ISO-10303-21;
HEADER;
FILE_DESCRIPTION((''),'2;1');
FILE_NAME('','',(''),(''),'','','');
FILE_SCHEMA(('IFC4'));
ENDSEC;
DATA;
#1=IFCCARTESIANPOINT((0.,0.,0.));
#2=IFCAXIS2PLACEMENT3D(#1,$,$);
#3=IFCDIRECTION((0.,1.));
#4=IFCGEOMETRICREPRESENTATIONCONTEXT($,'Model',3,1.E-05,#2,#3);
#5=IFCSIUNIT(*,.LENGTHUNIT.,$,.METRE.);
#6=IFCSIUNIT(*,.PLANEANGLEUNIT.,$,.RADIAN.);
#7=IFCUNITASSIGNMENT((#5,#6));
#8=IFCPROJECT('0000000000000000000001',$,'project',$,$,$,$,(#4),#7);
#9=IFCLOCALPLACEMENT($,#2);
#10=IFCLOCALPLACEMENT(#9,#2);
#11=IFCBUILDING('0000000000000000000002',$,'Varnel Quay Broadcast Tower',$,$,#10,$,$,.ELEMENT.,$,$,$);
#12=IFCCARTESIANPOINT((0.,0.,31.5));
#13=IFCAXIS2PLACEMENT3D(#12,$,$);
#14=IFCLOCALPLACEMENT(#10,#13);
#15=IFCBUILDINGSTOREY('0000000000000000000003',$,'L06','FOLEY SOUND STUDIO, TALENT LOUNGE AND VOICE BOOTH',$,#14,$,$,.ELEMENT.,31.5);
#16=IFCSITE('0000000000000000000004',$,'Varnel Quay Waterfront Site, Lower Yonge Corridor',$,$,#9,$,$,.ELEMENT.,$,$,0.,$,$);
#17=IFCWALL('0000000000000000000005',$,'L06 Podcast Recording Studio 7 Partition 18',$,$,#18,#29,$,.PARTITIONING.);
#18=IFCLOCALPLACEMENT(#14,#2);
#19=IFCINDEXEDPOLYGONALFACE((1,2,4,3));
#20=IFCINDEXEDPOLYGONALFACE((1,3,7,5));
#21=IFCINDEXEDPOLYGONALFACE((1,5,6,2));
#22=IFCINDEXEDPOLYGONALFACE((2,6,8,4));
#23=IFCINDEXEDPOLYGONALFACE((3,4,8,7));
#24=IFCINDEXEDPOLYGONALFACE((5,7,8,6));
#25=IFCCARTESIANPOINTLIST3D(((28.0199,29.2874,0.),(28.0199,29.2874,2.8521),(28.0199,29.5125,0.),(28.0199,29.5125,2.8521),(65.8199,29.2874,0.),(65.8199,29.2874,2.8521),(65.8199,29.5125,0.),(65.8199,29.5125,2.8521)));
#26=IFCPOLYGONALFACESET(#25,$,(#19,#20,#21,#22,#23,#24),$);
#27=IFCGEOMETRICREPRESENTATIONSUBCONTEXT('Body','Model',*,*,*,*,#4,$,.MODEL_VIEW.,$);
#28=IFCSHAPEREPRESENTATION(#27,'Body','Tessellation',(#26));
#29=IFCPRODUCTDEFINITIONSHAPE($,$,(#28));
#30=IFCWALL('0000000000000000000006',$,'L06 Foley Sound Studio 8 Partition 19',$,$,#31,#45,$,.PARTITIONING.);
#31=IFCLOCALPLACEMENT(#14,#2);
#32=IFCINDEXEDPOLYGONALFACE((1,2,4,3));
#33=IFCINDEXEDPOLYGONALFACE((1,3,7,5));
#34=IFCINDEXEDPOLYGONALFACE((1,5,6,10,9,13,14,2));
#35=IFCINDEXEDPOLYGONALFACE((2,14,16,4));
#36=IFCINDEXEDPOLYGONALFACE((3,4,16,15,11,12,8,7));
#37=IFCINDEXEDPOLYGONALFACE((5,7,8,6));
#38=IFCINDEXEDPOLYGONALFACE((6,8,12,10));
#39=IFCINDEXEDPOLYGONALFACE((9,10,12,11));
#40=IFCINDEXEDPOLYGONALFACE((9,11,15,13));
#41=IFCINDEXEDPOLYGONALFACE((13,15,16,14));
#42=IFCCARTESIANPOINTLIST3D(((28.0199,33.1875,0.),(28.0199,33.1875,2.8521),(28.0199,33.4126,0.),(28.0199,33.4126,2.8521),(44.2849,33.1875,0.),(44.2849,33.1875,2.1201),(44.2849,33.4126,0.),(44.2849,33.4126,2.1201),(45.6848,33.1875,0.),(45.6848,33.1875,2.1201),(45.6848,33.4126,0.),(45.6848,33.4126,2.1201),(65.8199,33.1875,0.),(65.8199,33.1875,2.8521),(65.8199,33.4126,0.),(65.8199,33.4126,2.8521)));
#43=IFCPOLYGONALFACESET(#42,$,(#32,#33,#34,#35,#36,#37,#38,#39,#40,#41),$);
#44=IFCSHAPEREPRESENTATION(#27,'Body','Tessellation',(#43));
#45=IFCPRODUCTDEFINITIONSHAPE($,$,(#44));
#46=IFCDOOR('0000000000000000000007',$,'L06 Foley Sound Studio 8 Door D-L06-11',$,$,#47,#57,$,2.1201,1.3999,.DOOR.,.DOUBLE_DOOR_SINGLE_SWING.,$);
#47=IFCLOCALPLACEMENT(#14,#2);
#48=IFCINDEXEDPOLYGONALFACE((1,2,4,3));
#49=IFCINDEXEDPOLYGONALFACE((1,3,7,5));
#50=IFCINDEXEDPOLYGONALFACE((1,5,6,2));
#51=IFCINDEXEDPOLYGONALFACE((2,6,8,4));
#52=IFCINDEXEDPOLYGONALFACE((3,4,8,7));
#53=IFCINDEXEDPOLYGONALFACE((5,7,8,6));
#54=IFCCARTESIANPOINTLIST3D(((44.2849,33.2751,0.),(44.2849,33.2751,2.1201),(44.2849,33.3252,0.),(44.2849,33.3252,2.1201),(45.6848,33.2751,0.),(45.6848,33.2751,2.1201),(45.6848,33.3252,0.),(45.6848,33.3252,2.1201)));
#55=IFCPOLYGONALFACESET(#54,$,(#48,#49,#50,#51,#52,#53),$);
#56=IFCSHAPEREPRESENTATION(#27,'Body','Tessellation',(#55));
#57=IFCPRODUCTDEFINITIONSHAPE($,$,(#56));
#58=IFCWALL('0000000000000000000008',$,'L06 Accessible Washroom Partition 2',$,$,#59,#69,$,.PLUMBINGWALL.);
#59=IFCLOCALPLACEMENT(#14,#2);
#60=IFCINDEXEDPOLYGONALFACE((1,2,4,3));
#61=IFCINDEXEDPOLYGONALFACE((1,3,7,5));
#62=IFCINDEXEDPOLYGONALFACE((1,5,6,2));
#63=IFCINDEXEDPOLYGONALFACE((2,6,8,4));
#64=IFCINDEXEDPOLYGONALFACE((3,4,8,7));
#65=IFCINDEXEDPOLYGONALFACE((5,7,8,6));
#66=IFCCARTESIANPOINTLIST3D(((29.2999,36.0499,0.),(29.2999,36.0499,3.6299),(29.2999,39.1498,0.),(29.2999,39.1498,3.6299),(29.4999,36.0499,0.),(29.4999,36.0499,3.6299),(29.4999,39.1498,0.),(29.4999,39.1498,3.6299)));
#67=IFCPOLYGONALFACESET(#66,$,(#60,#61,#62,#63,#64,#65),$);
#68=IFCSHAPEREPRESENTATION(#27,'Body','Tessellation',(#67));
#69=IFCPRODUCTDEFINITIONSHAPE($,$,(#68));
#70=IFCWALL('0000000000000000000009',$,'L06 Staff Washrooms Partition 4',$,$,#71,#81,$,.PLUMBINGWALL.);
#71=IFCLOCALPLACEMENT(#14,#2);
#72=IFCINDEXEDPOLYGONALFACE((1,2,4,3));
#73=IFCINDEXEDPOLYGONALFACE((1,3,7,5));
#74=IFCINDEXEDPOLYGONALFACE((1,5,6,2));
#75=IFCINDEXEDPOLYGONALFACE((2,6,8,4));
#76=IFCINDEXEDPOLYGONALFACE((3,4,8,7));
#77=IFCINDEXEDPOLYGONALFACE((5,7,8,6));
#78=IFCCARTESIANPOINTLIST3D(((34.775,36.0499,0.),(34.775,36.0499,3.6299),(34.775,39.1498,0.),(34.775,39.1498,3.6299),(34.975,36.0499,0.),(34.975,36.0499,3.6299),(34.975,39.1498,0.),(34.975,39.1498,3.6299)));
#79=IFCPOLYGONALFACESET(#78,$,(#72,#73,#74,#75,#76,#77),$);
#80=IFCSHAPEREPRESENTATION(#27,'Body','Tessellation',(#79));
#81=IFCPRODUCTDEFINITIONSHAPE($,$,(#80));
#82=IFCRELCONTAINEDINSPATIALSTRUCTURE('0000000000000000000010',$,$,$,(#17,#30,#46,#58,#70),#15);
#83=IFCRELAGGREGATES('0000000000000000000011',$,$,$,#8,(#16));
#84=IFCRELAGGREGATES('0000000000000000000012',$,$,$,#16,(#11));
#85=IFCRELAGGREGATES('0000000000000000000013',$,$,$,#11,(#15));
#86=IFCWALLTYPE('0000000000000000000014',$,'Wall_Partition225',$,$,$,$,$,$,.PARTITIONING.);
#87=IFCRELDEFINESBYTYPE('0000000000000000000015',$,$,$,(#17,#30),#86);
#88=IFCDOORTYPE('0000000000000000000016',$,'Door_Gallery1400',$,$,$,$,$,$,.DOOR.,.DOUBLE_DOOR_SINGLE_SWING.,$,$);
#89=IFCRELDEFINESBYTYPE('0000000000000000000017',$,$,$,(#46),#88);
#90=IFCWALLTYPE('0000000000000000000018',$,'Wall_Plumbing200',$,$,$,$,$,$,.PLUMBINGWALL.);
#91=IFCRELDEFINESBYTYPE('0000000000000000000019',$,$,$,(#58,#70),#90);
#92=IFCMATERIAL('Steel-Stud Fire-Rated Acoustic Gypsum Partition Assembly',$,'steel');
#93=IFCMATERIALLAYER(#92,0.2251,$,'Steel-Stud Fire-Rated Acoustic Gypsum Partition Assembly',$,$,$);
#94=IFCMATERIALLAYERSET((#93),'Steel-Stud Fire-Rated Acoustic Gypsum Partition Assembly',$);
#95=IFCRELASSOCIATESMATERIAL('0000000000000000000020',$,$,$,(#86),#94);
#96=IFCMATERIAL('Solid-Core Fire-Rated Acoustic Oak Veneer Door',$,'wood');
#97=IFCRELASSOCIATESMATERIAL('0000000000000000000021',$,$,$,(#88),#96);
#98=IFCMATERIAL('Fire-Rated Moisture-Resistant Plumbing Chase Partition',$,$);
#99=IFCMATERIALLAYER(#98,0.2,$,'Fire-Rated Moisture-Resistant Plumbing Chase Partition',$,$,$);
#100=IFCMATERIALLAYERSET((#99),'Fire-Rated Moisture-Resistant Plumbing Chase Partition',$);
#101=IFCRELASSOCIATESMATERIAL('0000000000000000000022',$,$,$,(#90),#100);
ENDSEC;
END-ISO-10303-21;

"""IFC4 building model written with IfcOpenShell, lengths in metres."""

from ifc_helpers import new_model, si_unit, direction, frame, frame_2d, origin, place, context, subcontext, project, spatial, rectangle, extrude, source, transform, mapped, material, layer, layer_set, type_object, type_shapes, element, fill, save


model = new_model("IFC4")

# Units and contexts
model_context = context("Model", 3, precision=1e-05, world=origin(), true_north=direction((0.0, 1.0)))
body_context = subcontext(model_context, "Body", "Model", "MODEL_VIEW")
ifc_project = project(units=[si_unit("LENGTHUNIT", "METRE"), si_unit("PLANEANGLEUNIT", "RADIAN")], contexts=[model_context])

# Site, building, storey
site_placement = place(None, origin())
site = spatial("IfcSite", under=ifc_project, at=site_placement, Name="Varnel Quay Waterfront Site, Lower Yonge Corridor", CompositionType="ELEMENT", RefElevation=0.0)
building_placement = place(site_placement, origin())
building = spatial("IfcBuilding", under=site, at=building_placement, Name="Varnel Quay Broadcast Tower", CompositionType="ELEMENT")
storey_placement = place(building_placement, frame((0.0, 0.0, 31.5)))
storey = spatial("IfcBuildingStorey", under=building, at=storey_placement, Name="L06", Description="FOLEY SOUND STUDIO, TALENT LOUNGE AND VOICE BOOTH", CompositionType="ELEMENT", Elevation=31.5)

# Wall
ifc_material_1 = material(Name="Steel-Stud Fire-Rated Acoustic Gypsum Partition Assembly", Category="steel")
ifc_layer_1 = layer(ifc_material_1, 0.2251, Name="Steel-Stud Fire-Rated Acoustic Gypsum Partition Assembly")
ifc_layer_set_1 = layer_set([ifc_layer_1], Name="Steel-Stud Fire-Rated Acoustic Gypsum Partition Assembly")
wall_type_1 = type_object("IfcWallType", Name="Wall_Partition225", PredefinedType="PARTITIONING", material=ifc_layer_set_1)
wall_1_placement = place(storey_placement, frame((28.02, 29.3999, 0.0), z_axis=(0.0, 0.0, 1.0), x_axis=(1.0, 0.0, 0.0)))
element("IfcWall", 1, at=wall_1_placement, inside=storey, type_object=wall_type_1, Name="L06 Podcast Recording Studio 7 Partition 18", PredefinedType="PARTITIONING", context=body_context, shape_type="SweptSolid", body=[
    extrude(rectangle(XDim=37.8, YDim=0.2251, at=frame_2d((18.8999, 0.0))), origin(), (0.0, 0.0, 1.0), 2.8521),
])

# Wall, opening, door
wall_2_placement = place(storey_placement, frame((28.02, 33.3, 0.0), z_axis=(0.0, 0.0, 1.0), x_axis=(1.0, 0.0, 0.0)))
wall_2 = element("IfcWall", 2, at=wall_2_placement, inside=storey, type_object=wall_type_1, Name="L06 Foley Sound Studio 8 Partition 19", PredefinedType="PARTITIONING", context=body_context, shape_type="SweptSolid", body=[
    extrude(rectangle(XDim=37.8, YDim=0.2251, at=frame_2d((18.8999, 0.0))), origin(), (0.0, 0.0, 1.0), 2.8521),
])
opening_1_placement = place(wall_2_placement, frame((16.2649, 0.0, 0.0)))
opening_1 = element("IfcOpeningElement", 3, at=opening_1_placement, cuts=wall_2, PredefinedType="OPENING", context=body_context, shape_type="SweptSolid", body=[
    extrude(rectangle(XDim=1.3999, YDim=2.1201, at=frame_2d((0.7, 1.0601))), frame((0.0, 0.1226, 0.0), z_axis=(0.0, -1.0, 0.0), x_axis=(1.0, 0.0, 0.0)), (0.0, 0.0, 1.0), 0.2451),
])
ifc_material_2 = material(Name="Solid-Core Fire-Rated Acoustic Oak Veneer Door", Category="wood")
door_type_1 = type_object("IfcDoorType", Name="Door_Gallery1400", OperationType="DOUBLE_DOOR_SINGLE_SWING", PredefinedType="DOOR", material=ifc_material_2)
shared_shape_1 = source(origin(), body_context, "Body", "SweptSolid", [
    extrude(rectangle(XDim=1.3999, YDim=2.1201, at=frame_2d((0.7, 1.0601))), frame((0.0, 0.0249, 0.0), z_axis=(0.0, -1.0, 0.0), x_axis=(1.0, 0.0, 0.0)), (0.0, 0.0, 1.0), 0.05),
])
type_shapes(door_type_1, [shared_shape_1])
door_1_placement = place(opening_1_placement, frame((1.3999, 0.0, 0.0), z_axis=(0.0, 0.0, 1.0), x_axis=(-1.0, 0.0, 0.0)))
door_1 = element("IfcDoor", 4, at=door_1_placement, inside=storey, type_object=door_type_1, Name="L06 Foley Sound Studio 8 Door D-L06-11", OperationType="DOUBLE_DOOR_SINGLE_SWING", OverallHeight=2.1201, OverallWidth=1.3999, PredefinedType="DOOR", context=body_context, shape_type="MappedRepresentation", body=[
    mapped(shared_shape_1, transform((0.0, 0.0, 0.0), x_axis=(1.0, 0.0, 0.0), y_axis=(0.0, 1.0, 0.0), z_axis=(0.0, 0.0, 1.0), scale=1.0)),
])
fill(opening_1, door_1)

# Walls
ifc_material_3 = material(Name="Fire-Rated Moisture-Resistant Plumbing Chase Partition")
ifc_layer_2 = layer(ifc_material_3, 0.2, Name="Fire-Rated Moisture-Resistant Plumbing Chase Partition")
ifc_layer_set_2 = layer_set([ifc_layer_2], Name="Fire-Rated Moisture-Resistant Plumbing Chase Partition")
wall_type_2 = type_object("IfcWallType", Name="Wall_Plumbing200", PredefinedType="PLUMBINGWALL", material=ifc_layer_set_2)
for number, where, z_axis, x_axis, name in (
    (5, (29.3999, 36.05, 0.0), (0.0, 0.0, 1.0), (0.0, 1.0, 0.0), "L06 Accessible Washroom Partition 2"),
    (6, (34.875, 36.05, 0.0), (0.0, 0.0, 1.0), (0.0, 1.0, 0.0), "L06 Staff Washrooms Partition 4"),
):
    element("IfcWall", number, at=place(storey_placement, frame(where, z_axis=z_axis, x_axis=x_axis)), inside=storey, type_object=wall_type_2, Name=name, PredefinedType="PLUMBINGWALL", context=body_context, shape_type="SweptSolid", body=[
        extrude(rectangle(XDim=3.0999, YDim=0.2, at=frame_2d((1.5498, 0.0))), origin(), (0.0, 0.0, 1.0), 3.6299),
    ])

save(model, "model.ifc")
